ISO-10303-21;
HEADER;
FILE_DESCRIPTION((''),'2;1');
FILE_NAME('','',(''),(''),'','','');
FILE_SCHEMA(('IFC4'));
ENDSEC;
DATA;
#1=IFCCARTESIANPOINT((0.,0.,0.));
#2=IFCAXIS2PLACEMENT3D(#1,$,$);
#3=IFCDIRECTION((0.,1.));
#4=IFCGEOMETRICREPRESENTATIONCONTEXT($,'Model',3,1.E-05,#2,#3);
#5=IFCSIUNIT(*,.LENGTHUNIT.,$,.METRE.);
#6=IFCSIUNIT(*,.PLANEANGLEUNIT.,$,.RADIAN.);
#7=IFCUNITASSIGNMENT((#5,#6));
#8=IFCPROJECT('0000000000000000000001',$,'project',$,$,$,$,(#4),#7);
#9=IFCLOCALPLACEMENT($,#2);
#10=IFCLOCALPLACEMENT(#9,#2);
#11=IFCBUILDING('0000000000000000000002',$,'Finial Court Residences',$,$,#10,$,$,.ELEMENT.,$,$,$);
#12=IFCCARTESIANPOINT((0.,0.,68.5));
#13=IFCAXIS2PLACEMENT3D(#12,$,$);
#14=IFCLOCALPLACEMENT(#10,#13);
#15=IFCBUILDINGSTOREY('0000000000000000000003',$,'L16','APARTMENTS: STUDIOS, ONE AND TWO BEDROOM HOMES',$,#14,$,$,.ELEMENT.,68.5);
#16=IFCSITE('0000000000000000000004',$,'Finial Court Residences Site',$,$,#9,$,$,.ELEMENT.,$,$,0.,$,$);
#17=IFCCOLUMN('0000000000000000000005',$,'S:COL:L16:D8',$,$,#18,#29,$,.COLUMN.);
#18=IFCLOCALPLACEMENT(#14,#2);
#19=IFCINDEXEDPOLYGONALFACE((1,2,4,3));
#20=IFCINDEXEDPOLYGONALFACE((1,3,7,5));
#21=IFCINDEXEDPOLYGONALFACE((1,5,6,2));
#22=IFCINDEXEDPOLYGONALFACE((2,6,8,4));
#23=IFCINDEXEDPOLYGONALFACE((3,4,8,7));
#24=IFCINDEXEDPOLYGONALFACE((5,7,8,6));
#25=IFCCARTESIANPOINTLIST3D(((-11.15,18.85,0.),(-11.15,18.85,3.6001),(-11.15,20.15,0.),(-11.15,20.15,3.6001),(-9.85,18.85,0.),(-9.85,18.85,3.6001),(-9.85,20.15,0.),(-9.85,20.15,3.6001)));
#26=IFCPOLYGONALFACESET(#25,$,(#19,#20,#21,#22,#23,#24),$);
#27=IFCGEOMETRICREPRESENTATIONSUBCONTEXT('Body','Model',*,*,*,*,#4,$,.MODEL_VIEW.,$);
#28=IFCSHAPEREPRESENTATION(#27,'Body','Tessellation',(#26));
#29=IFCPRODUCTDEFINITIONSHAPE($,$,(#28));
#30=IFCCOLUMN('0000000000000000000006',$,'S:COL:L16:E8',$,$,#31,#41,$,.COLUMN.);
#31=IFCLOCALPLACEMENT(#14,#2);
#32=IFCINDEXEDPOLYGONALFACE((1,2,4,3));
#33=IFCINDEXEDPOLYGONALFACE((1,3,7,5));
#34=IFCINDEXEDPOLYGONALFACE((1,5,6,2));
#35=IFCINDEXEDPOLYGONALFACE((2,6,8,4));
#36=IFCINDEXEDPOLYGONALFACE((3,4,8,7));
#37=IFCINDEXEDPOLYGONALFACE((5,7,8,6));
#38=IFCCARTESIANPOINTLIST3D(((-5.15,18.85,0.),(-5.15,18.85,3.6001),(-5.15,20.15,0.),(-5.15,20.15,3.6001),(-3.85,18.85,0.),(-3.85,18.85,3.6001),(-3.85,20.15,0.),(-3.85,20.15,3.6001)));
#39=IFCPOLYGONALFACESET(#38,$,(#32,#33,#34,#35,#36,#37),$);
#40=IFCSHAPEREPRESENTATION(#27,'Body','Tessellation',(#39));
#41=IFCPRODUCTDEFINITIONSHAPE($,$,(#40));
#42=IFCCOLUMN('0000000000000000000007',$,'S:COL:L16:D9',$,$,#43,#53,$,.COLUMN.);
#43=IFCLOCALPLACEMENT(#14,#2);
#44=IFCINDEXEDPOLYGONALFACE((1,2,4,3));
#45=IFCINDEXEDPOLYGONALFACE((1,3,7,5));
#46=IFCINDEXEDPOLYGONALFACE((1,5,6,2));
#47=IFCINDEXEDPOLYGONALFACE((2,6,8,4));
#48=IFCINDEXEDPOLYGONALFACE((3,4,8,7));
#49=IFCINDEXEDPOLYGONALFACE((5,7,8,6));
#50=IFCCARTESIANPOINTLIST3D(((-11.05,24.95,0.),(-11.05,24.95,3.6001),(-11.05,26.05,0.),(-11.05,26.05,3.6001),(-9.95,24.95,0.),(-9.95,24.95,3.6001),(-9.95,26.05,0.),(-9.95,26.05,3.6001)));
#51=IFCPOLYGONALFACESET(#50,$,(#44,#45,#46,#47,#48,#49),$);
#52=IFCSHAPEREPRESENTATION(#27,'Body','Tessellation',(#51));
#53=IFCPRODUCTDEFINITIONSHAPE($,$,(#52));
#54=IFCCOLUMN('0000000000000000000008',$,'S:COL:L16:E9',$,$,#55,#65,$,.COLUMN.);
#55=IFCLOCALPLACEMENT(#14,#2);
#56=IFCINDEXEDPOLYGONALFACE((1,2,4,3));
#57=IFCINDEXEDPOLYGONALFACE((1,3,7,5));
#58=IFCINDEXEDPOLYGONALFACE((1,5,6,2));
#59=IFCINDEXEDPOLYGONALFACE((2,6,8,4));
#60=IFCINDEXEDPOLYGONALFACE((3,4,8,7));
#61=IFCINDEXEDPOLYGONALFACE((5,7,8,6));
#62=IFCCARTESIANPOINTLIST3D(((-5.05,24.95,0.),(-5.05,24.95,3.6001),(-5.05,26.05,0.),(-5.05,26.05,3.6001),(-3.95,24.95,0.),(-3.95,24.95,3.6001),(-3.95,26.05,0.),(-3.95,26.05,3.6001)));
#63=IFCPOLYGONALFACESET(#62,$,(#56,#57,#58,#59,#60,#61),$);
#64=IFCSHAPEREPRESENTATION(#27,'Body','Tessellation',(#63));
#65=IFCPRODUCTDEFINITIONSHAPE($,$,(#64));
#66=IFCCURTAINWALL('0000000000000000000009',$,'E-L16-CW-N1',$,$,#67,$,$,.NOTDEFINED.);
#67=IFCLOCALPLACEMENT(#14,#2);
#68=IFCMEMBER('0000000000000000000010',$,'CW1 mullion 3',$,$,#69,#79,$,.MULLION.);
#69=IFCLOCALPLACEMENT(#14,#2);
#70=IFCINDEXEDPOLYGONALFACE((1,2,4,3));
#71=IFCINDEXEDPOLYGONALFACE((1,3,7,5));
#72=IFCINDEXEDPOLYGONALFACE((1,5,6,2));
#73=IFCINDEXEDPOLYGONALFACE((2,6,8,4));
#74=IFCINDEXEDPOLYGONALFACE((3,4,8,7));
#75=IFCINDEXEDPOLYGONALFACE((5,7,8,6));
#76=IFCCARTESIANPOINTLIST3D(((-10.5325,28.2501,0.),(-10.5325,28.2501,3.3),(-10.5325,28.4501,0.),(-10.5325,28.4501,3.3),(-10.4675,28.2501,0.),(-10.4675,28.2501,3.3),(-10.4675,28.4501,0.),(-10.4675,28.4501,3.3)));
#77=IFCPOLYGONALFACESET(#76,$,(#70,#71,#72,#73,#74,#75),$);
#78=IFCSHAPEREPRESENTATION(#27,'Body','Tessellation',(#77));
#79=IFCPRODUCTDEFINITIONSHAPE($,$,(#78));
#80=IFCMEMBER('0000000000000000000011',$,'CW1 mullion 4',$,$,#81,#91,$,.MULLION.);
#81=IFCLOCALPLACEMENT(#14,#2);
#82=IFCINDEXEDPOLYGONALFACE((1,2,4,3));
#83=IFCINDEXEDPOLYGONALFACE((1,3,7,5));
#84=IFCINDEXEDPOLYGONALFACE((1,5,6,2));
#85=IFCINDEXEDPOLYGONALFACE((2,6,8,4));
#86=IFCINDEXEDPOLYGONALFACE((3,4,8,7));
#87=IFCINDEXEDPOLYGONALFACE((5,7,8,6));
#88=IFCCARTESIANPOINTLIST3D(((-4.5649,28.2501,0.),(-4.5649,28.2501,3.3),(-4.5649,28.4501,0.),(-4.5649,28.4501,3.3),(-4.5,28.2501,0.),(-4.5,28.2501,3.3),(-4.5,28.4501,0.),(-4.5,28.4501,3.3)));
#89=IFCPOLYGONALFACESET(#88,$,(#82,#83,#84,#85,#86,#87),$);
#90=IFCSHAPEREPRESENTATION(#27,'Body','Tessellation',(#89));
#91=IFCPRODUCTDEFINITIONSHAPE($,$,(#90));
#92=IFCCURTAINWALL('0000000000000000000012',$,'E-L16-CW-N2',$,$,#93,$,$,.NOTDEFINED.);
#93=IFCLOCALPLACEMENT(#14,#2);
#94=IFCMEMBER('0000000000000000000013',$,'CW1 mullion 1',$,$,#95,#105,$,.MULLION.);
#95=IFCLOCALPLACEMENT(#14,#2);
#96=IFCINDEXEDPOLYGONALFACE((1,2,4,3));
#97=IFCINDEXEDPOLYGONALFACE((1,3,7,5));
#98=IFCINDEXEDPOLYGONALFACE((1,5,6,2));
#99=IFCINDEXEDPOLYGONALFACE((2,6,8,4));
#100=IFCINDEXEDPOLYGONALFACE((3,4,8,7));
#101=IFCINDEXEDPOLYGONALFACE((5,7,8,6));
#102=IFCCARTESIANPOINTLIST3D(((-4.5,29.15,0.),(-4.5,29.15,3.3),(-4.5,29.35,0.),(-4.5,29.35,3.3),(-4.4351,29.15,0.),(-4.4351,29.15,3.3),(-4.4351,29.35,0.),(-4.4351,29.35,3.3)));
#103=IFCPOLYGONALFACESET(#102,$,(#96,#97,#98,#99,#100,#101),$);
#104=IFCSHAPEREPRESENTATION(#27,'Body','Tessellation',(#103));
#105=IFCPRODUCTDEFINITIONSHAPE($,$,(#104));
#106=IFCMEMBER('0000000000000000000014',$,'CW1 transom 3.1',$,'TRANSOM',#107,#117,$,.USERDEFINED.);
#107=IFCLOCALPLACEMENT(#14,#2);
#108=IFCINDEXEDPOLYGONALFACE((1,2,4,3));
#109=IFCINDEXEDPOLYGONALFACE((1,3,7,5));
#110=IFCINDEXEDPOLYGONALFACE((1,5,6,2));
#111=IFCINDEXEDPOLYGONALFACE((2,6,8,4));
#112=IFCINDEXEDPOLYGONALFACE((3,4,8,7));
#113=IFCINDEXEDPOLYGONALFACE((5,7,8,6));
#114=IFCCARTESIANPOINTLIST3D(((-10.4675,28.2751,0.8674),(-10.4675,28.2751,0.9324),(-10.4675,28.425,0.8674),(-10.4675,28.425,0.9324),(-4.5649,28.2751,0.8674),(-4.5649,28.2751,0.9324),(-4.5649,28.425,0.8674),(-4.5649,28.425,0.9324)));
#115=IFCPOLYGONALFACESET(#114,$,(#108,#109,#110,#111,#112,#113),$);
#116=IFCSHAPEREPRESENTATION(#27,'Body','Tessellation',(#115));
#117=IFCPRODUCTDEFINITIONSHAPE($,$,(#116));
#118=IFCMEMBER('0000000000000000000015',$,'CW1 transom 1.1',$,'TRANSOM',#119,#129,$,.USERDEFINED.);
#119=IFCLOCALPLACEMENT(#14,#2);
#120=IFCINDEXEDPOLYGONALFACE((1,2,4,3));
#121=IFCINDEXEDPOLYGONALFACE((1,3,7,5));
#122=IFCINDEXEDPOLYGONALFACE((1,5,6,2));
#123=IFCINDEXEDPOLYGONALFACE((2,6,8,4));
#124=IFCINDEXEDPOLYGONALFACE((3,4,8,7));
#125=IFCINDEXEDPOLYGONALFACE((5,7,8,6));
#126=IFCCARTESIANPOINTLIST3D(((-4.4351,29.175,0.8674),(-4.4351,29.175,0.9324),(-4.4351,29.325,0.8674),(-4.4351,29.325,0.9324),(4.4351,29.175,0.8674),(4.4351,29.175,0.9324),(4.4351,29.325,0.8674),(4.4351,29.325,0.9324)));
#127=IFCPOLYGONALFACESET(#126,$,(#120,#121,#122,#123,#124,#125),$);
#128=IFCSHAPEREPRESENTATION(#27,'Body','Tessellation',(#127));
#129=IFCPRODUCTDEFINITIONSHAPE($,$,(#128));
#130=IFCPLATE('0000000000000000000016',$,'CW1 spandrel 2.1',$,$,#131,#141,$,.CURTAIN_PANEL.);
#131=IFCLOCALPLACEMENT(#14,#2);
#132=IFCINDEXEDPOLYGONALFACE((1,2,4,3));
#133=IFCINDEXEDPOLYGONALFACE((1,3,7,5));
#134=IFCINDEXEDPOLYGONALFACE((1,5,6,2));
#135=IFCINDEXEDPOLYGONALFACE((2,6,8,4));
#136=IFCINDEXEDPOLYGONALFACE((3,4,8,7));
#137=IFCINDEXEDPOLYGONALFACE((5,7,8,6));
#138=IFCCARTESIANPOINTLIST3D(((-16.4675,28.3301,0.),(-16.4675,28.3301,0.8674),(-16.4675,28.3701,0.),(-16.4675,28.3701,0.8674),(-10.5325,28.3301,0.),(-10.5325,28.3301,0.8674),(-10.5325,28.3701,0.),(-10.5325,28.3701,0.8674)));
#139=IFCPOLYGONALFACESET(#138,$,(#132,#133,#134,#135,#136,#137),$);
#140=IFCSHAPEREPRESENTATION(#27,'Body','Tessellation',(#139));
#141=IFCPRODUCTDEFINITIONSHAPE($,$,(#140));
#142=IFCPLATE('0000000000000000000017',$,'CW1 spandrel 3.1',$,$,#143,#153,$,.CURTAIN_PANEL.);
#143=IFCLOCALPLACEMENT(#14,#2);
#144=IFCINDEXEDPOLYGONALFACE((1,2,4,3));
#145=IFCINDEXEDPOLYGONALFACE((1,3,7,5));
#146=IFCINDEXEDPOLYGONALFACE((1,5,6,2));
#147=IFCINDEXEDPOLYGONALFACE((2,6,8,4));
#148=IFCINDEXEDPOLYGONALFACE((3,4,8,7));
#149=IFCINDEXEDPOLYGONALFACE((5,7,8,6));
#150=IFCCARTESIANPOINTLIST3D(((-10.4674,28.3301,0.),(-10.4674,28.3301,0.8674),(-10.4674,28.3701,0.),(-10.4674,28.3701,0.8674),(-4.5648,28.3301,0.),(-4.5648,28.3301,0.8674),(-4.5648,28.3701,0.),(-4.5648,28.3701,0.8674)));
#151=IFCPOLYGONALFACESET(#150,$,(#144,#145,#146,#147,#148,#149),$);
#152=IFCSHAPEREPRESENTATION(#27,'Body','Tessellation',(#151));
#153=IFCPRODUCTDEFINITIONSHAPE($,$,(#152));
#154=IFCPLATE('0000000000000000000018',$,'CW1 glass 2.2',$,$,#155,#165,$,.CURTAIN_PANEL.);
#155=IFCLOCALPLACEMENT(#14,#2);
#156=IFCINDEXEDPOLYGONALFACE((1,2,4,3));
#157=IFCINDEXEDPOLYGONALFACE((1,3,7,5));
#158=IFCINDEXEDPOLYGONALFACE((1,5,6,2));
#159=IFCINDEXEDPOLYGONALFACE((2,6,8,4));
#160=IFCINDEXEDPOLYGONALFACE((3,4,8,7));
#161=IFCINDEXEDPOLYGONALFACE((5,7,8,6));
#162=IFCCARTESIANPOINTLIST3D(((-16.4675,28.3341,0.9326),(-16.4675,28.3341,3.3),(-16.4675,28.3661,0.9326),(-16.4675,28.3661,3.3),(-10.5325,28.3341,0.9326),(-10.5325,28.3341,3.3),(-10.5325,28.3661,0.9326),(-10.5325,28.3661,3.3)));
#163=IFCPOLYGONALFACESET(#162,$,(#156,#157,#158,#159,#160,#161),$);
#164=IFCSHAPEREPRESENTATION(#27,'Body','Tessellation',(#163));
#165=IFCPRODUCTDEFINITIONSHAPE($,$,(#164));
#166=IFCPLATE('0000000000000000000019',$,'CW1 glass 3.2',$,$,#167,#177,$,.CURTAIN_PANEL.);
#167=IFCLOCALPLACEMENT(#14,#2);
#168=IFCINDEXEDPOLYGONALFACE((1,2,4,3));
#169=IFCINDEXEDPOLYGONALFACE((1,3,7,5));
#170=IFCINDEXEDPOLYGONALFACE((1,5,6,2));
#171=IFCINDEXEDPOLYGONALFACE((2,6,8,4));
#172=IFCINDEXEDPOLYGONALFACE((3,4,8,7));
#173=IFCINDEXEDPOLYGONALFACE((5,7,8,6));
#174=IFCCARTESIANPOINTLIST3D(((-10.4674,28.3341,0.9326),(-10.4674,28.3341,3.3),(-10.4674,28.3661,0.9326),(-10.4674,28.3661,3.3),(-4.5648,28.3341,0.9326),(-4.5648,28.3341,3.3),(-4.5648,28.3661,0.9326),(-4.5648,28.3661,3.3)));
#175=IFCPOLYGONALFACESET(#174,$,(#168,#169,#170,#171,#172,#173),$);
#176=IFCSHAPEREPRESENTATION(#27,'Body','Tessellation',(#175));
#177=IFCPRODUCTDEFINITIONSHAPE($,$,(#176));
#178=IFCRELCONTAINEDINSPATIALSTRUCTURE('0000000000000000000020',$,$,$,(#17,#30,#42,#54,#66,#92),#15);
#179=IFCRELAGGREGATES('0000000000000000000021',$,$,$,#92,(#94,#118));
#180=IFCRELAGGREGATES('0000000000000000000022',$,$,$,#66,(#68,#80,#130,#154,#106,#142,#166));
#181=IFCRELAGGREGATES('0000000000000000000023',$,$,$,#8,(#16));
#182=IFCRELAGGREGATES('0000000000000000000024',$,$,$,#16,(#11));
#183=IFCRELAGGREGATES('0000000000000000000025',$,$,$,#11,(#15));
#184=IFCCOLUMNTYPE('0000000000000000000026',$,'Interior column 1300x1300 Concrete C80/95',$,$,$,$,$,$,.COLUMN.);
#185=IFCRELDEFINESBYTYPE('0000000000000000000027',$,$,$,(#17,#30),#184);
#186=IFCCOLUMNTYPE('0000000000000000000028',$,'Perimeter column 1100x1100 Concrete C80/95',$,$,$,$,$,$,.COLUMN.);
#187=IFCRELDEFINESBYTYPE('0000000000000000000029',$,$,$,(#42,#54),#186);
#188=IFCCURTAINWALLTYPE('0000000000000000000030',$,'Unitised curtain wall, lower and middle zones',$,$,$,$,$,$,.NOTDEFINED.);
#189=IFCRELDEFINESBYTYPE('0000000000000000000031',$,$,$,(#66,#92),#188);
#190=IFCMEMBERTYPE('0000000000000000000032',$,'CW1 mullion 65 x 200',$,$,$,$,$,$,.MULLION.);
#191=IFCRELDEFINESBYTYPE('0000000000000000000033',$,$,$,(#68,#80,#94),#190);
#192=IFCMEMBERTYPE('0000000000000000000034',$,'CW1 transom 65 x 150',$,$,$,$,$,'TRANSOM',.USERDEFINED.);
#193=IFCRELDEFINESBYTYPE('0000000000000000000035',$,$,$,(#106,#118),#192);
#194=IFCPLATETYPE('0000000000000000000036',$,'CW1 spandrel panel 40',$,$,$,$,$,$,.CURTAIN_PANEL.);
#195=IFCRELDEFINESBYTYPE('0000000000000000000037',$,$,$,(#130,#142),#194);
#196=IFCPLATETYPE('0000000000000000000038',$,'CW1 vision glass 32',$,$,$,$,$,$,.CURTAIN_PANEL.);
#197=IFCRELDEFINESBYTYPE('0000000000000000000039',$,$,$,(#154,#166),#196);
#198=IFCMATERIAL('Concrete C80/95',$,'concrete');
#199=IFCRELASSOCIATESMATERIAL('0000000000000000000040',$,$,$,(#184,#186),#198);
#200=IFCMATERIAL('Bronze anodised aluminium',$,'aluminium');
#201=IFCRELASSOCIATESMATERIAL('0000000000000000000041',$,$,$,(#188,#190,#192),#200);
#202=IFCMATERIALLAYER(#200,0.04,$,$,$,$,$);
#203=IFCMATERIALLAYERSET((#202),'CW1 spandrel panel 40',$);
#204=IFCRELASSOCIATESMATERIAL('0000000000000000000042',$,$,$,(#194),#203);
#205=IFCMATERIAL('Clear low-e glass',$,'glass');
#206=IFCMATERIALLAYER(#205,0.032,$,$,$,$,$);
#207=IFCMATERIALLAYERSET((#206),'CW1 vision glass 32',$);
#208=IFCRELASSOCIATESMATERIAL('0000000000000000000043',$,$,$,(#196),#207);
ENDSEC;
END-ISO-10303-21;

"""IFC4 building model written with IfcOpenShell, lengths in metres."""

from ifc_helpers import new_model, si_unit, direction, frame, origin, origin_2d, place, context, subcontext, project, spatial, rectangle, extrude, material, layer, layer_set, material_profile, profile_set, type_object, element, aggregate, save


model = new_model("IFC4")

# Units and contexts
model_context = context("Model", 3, precision=1e-05, world=origin(), true_north=direction((0.0, 1.0)))
body_context = subcontext(model_context, "Body", "Model", "MODEL_VIEW")
ifc_project = project(units=[si_unit("LENGTHUNIT", "METRE"), si_unit("PLANEANGLEUNIT", "RADIAN")], contexts=[model_context])

# Site, building, storey
site_placement = place(None, origin())
site = spatial("IfcSite", under=ifc_project, at=site_placement, Name="Finial Court Residences Site", CompositionType="ELEMENT", RefElevation=0.0)
building_placement = place(site_placement, origin())
building = spatial("IfcBuilding", under=site, at=building_placement, Name="Finial Court Residences", CompositionType="ELEMENT")
storey_placement = place(building_placement, frame((0.0, 0.0, 68.5)))
storey = spatial("IfcBuildingStorey", under=building, at=storey_placement, Name="L16", Description="APARTMENTS: STUDIOS, ONE AND TWO BEDROOM HOMES", CompositionType="ELEMENT", Elevation=68.5)

# Columns
ifc_material_1 = material(Name="Concrete C80/95", Category="concrete")
ifc_material_profile_1 = material_profile(ifc_material_1, rectangle(XDim=1.3, YDim=1.3, at=origin_2d()), Name="1300x1300")
ifc_profile_set_1 = profile_set([ifc_material_profile_1], Name="Concrete C80/95")
column_type_1 = type_object("IfcColumnType", Name="Interior column 1300x1300 Concrete C80/95", PredefinedType="COLUMN", material=ifc_profile_set_1)
for number, where, z_axis, x_axis, name in (
    (1, (-10.5, 19.5, 0.0), (0.0, 0.0, 1.0), (1.0, 0.0, 0.0), "S:COL:L16:D8"),
    (2, (-4.5, 19.5, 0.0), (0.0, 0.0, 1.0), (1.0, 0.0, 0.0), "S:COL:L16:E8"),
):
    element("IfcColumn", number, at=place(storey_placement, frame(where, z_axis=z_axis, x_axis=x_axis)), inside=storey, type_object=column_type_1, Name=name, PredefinedType="COLUMN", context=body_context, shape_type="SweptSolid", body=[
        extrude(rectangle(XDim=1.3, YDim=1.3, at=origin_2d()), origin(), (0.0, 0.0, 1.0), 3.6001),
    ])
ifc_material_profile_2 = material_profile(ifc_material_1, rectangle(XDim=1.1001, YDim=1.1001, at=origin_2d()), Name="1100x1100")
ifc_profile_set_2 = profile_set([ifc_material_profile_2], Name="Concrete C80/95")
column_type_2 = type_object("IfcColumnType", Name="Perimeter column 1100x1100 Concrete C80/95", PredefinedType="COLUMN", material=ifc_profile_set_2)
for number, where, z_axis, x_axis, name in (
    (3, (-10.5, 25.5, 0.0), (0.0, 0.0, 1.0), (1.0, 0.0, 0.0), "S:COL:L16:D9"),
    (4, (-4.5, 25.5, 0.0), (0.0, 0.0, 1.0), (1.0, 0.0, 0.0), "S:COL:L16:E9"),
):
    element("IfcColumn", number, at=place(storey_placement, frame(where, z_axis=z_axis, x_axis=x_axis)), inside=storey, type_object=column_type_2, Name=name, PredefinedType="COLUMN", context=body_context, shape_type="SweptSolid", body=[
        extrude(rectangle(XDim=1.1001, YDim=1.1001, at=origin_2d()), origin(), (0.0, 0.0, 1.0), 3.6001),
    ])

# Curtain wall, members
ifc_material_2 = material(Name="Bronze anodised aluminium", Category="aluminium")
curtain_wall_type = type_object("IfcCurtainWallType", Name="Unitised curtain wall, lower and middle zones", PredefinedType="NOTDEFINED", material=ifc_material_2)
curtain_wall_1_placement = place(storey_placement, origin())
curtain_wall_1 = element("IfcCurtainWall", 5, at=curtain_wall_1_placement, inside=storey, type_object=curtain_wall_type, Name="E-L16-CW-N1", PredefinedType="NOTDEFINED")
ifc_material_profile_3 = material_profile(ifc_material_2, rectangle(XDim=0.2, YDim=0.0649, at=origin_2d()), Name="CW1 mullion 65 x 200")
ifc_profile_set_3 = profile_set([ifc_material_profile_3], Name="Bronze anodised aluminium")
member_type_1 = type_object("IfcMemberType", Name="CW1 mullion 65 x 200", PredefinedType="MULLION", material=ifc_profile_set_3)
member_1_placement = place(storey_placement, frame((-10.5, 28.3501, 0.0), z_axis=(0.0, 0.0, 1.0), x_axis=(0.0, 1.0, 0.0)))
member_1 = element("IfcMember", 6, at=member_1_placement, type_object=member_type_1, Name="CW1 mullion 3", PredefinedType="MULLION", context=body_context, shape_type="SweptSolid", body=[
    extrude(rectangle(XDim=0.2, YDim=0.0649, at=origin_2d()), origin(), (0.0, 0.0, 1.0), 3.3),
])
member_2_placement = place(storey_placement, frame((-4.5325, 28.3501, 0.0), z_axis=(0.0, 0.0, 1.0), x_axis=(0.0, 1.0, 0.0)))
member_2 = element("IfcMember", 7, at=member_2_placement, type_object=member_type_1, Name="CW1 mullion 4", PredefinedType="MULLION", context=body_context, shape_type="SweptSolid", body=[
    extrude(rectangle(XDim=0.2, YDim=0.0649, at=origin_2d()), origin(), (0.0, 0.0, 1.0), 3.3),
])

# Curtain wall, member
curtain_wall_2_placement = place(storey_placement, origin())
curtain_wall_2 = element("IfcCurtainWall", 8, at=curtain_wall_2_placement, inside=storey, type_object=curtain_wall_type, Name="E-L16-CW-N2", PredefinedType="NOTDEFINED")
member_3_placement = place(storey_placement, frame((-4.4675, 29.25, 0.0), z_axis=(0.0, 0.0, 1.0), x_axis=(0.0, 1.0, 0.0)))
member_3 = element("IfcMember", 9, at=member_3_placement, type_object=member_type_1, Name="CW1 mullion 1", PredefinedType="MULLION", context=body_context, shape_type="SweptSolid", body=[
    extrude(rectangle(XDim=0.2, YDim=0.0649, at=origin_2d()), origin(), (0.0, 0.0, 1.0), 3.3),
])

# Members
ifc_material_profile_4 = material_profile(ifc_material_2, rectangle(XDim=0.1499, YDim=0.0649, at=origin_2d()), Name="CW1 transom 65 x 150")
ifc_profile_set_4 = profile_set([ifc_material_profile_4], Name="Bronze anodised aluminium")
member_type_2 = type_object("IfcMemberType", Name="CW1 transom 65 x 150", ElementType="TRANSOM", PredefinedType="USERDEFINED", material=ifc_profile_set_4)
member_4_placement = place(storey_placement, frame((-10.4675, 28.3501, 0.8999), z_axis=(1.0, 0.0, 0.0), x_axis=(0.0, 1.0, 0.0)))
member_4 = element("IfcMember", 10, at=member_4_placement, type_object=member_type_2, Name="CW1 transom 3.1", ObjectType="TRANSOM", PredefinedType="USERDEFINED", context=body_context, shape_type="SweptSolid", body=[
    extrude(rectangle(XDim=0.1499, YDim=0.0649, at=origin_2d()), origin(), (0.0, 0.0, 1.0), 5.9026),
])
member_5_placement = place(storey_placement, frame((-4.4351, 29.25, 0.8999), z_axis=(1.0, 0.0, 0.0), x_axis=(0.0, 1.0, 0.0)))
member_5 = element("IfcMember", 11, at=member_5_placement, type_object=member_type_2, Name="CW1 transom 1.1", ObjectType="TRANSOM", PredefinedType="USERDEFINED", context=body_context, shape_type="SweptSolid", body=[
    extrude(rectangle(XDim=0.1499, YDim=0.0649, at=origin_2d()), origin(), (0.0, 0.0, 1.0), 8.8701),
])
aggregate(curtain_wall_2, [member_3, member_5])

# Plates
ifc_layer_1 = layer(ifc_material_2, 0.04)
ifc_layer_set_1 = layer_set([ifc_layer_1], Name="CW1 spandrel panel 40")
plate_type_1 = type_object("IfcPlateType", Name="CW1 spandrel panel 40", PredefinedType="CURTAIN_PANEL", material=ifc_layer_set_1)
plate_1_placement = place(storey_placement, frame((-13.5, 28.3501, 0.0), z_axis=(0.0, 0.0, 1.0), x_axis=(1.0, 0.0, 0.0)))
plate_1 = element("IfcPlate", 12, at=plate_1_placement, type_object=plate_type_1, Name="CW1 spandrel 2.1", PredefinedType="CURTAIN_PANEL", context=body_context, shape_type="SweptSolid", body=[
    extrude(rectangle(XDim=5.9351, YDim=0.04, at=origin_2d()), origin(), (0.0, 0.0, 1.0), 0.8674),
])
plate_2_placement = place(storey_placement, frame((-7.5161, 28.3501, 0.0), z_axis=(0.0, 0.0, 1.0), x_axis=(1.0, 0.0, 0.0)))
plate_2 = element("IfcPlate", 13, at=plate_2_placement, type_object=plate_type_1, Name="CW1 spandrel 3.1", PredefinedType="CURTAIN_PANEL", context=body_context, shape_type="SweptSolid", body=[
    extrude(rectangle(XDim=5.9026, YDim=0.04, at=origin_2d()), origin(), (0.0, 0.0, 1.0), 0.8674),
])
ifc_material_3 = material(Name="Clear low-e glass", Category="glass")
ifc_layer_2 = layer(ifc_material_3, 0.032)
ifc_layer_set_2 = layer_set([ifc_layer_2], Name="CW1 vision glass 32")
plate_type_2 = type_object("IfcPlateType", Name="CW1 vision glass 32", PredefinedType="CURTAIN_PANEL", material=ifc_layer_set_2)
plate_3_placement = place(storey_placement, frame((-13.5, 28.3501, 0.9326), z_axis=(0.0, 0.0, 1.0), x_axis=(1.0, 0.0, 0.0)))
plate_3 = element("IfcPlate", 14, at=plate_3_placement, type_object=plate_type_2, Name="CW1 glass 2.2", PredefinedType="CURTAIN_PANEL", context=body_context, shape_type="SweptSolid", body=[
    extrude(rectangle(XDim=5.9351, YDim=0.032, at=origin_2d()), origin(), (0.0, 0.0, 1.0), 2.3674),
])
plate_4_placement = place(storey_placement, frame((-7.5161, 28.3501, 0.9326), z_axis=(0.0, 0.0, 1.0), x_axis=(1.0, 0.0, 0.0)))
plate_4 = element("IfcPlate", 15, at=plate_4_placement, type_object=plate_type_2, Name="CW1 glass 3.2", PredefinedType="CURTAIN_PANEL", context=body_context, shape_type="SweptSolid", body=[
    extrude(rectangle(XDim=5.9026, YDim=0.032, at=origin_2d()), origin(), (0.0, 0.0, 1.0), 2.3674),
])
aggregate(curtain_wall_1, [member_1, member_2, plate_1, plate_3, member_4, plate_2, plate_4])

save(model, "model.ifc")
